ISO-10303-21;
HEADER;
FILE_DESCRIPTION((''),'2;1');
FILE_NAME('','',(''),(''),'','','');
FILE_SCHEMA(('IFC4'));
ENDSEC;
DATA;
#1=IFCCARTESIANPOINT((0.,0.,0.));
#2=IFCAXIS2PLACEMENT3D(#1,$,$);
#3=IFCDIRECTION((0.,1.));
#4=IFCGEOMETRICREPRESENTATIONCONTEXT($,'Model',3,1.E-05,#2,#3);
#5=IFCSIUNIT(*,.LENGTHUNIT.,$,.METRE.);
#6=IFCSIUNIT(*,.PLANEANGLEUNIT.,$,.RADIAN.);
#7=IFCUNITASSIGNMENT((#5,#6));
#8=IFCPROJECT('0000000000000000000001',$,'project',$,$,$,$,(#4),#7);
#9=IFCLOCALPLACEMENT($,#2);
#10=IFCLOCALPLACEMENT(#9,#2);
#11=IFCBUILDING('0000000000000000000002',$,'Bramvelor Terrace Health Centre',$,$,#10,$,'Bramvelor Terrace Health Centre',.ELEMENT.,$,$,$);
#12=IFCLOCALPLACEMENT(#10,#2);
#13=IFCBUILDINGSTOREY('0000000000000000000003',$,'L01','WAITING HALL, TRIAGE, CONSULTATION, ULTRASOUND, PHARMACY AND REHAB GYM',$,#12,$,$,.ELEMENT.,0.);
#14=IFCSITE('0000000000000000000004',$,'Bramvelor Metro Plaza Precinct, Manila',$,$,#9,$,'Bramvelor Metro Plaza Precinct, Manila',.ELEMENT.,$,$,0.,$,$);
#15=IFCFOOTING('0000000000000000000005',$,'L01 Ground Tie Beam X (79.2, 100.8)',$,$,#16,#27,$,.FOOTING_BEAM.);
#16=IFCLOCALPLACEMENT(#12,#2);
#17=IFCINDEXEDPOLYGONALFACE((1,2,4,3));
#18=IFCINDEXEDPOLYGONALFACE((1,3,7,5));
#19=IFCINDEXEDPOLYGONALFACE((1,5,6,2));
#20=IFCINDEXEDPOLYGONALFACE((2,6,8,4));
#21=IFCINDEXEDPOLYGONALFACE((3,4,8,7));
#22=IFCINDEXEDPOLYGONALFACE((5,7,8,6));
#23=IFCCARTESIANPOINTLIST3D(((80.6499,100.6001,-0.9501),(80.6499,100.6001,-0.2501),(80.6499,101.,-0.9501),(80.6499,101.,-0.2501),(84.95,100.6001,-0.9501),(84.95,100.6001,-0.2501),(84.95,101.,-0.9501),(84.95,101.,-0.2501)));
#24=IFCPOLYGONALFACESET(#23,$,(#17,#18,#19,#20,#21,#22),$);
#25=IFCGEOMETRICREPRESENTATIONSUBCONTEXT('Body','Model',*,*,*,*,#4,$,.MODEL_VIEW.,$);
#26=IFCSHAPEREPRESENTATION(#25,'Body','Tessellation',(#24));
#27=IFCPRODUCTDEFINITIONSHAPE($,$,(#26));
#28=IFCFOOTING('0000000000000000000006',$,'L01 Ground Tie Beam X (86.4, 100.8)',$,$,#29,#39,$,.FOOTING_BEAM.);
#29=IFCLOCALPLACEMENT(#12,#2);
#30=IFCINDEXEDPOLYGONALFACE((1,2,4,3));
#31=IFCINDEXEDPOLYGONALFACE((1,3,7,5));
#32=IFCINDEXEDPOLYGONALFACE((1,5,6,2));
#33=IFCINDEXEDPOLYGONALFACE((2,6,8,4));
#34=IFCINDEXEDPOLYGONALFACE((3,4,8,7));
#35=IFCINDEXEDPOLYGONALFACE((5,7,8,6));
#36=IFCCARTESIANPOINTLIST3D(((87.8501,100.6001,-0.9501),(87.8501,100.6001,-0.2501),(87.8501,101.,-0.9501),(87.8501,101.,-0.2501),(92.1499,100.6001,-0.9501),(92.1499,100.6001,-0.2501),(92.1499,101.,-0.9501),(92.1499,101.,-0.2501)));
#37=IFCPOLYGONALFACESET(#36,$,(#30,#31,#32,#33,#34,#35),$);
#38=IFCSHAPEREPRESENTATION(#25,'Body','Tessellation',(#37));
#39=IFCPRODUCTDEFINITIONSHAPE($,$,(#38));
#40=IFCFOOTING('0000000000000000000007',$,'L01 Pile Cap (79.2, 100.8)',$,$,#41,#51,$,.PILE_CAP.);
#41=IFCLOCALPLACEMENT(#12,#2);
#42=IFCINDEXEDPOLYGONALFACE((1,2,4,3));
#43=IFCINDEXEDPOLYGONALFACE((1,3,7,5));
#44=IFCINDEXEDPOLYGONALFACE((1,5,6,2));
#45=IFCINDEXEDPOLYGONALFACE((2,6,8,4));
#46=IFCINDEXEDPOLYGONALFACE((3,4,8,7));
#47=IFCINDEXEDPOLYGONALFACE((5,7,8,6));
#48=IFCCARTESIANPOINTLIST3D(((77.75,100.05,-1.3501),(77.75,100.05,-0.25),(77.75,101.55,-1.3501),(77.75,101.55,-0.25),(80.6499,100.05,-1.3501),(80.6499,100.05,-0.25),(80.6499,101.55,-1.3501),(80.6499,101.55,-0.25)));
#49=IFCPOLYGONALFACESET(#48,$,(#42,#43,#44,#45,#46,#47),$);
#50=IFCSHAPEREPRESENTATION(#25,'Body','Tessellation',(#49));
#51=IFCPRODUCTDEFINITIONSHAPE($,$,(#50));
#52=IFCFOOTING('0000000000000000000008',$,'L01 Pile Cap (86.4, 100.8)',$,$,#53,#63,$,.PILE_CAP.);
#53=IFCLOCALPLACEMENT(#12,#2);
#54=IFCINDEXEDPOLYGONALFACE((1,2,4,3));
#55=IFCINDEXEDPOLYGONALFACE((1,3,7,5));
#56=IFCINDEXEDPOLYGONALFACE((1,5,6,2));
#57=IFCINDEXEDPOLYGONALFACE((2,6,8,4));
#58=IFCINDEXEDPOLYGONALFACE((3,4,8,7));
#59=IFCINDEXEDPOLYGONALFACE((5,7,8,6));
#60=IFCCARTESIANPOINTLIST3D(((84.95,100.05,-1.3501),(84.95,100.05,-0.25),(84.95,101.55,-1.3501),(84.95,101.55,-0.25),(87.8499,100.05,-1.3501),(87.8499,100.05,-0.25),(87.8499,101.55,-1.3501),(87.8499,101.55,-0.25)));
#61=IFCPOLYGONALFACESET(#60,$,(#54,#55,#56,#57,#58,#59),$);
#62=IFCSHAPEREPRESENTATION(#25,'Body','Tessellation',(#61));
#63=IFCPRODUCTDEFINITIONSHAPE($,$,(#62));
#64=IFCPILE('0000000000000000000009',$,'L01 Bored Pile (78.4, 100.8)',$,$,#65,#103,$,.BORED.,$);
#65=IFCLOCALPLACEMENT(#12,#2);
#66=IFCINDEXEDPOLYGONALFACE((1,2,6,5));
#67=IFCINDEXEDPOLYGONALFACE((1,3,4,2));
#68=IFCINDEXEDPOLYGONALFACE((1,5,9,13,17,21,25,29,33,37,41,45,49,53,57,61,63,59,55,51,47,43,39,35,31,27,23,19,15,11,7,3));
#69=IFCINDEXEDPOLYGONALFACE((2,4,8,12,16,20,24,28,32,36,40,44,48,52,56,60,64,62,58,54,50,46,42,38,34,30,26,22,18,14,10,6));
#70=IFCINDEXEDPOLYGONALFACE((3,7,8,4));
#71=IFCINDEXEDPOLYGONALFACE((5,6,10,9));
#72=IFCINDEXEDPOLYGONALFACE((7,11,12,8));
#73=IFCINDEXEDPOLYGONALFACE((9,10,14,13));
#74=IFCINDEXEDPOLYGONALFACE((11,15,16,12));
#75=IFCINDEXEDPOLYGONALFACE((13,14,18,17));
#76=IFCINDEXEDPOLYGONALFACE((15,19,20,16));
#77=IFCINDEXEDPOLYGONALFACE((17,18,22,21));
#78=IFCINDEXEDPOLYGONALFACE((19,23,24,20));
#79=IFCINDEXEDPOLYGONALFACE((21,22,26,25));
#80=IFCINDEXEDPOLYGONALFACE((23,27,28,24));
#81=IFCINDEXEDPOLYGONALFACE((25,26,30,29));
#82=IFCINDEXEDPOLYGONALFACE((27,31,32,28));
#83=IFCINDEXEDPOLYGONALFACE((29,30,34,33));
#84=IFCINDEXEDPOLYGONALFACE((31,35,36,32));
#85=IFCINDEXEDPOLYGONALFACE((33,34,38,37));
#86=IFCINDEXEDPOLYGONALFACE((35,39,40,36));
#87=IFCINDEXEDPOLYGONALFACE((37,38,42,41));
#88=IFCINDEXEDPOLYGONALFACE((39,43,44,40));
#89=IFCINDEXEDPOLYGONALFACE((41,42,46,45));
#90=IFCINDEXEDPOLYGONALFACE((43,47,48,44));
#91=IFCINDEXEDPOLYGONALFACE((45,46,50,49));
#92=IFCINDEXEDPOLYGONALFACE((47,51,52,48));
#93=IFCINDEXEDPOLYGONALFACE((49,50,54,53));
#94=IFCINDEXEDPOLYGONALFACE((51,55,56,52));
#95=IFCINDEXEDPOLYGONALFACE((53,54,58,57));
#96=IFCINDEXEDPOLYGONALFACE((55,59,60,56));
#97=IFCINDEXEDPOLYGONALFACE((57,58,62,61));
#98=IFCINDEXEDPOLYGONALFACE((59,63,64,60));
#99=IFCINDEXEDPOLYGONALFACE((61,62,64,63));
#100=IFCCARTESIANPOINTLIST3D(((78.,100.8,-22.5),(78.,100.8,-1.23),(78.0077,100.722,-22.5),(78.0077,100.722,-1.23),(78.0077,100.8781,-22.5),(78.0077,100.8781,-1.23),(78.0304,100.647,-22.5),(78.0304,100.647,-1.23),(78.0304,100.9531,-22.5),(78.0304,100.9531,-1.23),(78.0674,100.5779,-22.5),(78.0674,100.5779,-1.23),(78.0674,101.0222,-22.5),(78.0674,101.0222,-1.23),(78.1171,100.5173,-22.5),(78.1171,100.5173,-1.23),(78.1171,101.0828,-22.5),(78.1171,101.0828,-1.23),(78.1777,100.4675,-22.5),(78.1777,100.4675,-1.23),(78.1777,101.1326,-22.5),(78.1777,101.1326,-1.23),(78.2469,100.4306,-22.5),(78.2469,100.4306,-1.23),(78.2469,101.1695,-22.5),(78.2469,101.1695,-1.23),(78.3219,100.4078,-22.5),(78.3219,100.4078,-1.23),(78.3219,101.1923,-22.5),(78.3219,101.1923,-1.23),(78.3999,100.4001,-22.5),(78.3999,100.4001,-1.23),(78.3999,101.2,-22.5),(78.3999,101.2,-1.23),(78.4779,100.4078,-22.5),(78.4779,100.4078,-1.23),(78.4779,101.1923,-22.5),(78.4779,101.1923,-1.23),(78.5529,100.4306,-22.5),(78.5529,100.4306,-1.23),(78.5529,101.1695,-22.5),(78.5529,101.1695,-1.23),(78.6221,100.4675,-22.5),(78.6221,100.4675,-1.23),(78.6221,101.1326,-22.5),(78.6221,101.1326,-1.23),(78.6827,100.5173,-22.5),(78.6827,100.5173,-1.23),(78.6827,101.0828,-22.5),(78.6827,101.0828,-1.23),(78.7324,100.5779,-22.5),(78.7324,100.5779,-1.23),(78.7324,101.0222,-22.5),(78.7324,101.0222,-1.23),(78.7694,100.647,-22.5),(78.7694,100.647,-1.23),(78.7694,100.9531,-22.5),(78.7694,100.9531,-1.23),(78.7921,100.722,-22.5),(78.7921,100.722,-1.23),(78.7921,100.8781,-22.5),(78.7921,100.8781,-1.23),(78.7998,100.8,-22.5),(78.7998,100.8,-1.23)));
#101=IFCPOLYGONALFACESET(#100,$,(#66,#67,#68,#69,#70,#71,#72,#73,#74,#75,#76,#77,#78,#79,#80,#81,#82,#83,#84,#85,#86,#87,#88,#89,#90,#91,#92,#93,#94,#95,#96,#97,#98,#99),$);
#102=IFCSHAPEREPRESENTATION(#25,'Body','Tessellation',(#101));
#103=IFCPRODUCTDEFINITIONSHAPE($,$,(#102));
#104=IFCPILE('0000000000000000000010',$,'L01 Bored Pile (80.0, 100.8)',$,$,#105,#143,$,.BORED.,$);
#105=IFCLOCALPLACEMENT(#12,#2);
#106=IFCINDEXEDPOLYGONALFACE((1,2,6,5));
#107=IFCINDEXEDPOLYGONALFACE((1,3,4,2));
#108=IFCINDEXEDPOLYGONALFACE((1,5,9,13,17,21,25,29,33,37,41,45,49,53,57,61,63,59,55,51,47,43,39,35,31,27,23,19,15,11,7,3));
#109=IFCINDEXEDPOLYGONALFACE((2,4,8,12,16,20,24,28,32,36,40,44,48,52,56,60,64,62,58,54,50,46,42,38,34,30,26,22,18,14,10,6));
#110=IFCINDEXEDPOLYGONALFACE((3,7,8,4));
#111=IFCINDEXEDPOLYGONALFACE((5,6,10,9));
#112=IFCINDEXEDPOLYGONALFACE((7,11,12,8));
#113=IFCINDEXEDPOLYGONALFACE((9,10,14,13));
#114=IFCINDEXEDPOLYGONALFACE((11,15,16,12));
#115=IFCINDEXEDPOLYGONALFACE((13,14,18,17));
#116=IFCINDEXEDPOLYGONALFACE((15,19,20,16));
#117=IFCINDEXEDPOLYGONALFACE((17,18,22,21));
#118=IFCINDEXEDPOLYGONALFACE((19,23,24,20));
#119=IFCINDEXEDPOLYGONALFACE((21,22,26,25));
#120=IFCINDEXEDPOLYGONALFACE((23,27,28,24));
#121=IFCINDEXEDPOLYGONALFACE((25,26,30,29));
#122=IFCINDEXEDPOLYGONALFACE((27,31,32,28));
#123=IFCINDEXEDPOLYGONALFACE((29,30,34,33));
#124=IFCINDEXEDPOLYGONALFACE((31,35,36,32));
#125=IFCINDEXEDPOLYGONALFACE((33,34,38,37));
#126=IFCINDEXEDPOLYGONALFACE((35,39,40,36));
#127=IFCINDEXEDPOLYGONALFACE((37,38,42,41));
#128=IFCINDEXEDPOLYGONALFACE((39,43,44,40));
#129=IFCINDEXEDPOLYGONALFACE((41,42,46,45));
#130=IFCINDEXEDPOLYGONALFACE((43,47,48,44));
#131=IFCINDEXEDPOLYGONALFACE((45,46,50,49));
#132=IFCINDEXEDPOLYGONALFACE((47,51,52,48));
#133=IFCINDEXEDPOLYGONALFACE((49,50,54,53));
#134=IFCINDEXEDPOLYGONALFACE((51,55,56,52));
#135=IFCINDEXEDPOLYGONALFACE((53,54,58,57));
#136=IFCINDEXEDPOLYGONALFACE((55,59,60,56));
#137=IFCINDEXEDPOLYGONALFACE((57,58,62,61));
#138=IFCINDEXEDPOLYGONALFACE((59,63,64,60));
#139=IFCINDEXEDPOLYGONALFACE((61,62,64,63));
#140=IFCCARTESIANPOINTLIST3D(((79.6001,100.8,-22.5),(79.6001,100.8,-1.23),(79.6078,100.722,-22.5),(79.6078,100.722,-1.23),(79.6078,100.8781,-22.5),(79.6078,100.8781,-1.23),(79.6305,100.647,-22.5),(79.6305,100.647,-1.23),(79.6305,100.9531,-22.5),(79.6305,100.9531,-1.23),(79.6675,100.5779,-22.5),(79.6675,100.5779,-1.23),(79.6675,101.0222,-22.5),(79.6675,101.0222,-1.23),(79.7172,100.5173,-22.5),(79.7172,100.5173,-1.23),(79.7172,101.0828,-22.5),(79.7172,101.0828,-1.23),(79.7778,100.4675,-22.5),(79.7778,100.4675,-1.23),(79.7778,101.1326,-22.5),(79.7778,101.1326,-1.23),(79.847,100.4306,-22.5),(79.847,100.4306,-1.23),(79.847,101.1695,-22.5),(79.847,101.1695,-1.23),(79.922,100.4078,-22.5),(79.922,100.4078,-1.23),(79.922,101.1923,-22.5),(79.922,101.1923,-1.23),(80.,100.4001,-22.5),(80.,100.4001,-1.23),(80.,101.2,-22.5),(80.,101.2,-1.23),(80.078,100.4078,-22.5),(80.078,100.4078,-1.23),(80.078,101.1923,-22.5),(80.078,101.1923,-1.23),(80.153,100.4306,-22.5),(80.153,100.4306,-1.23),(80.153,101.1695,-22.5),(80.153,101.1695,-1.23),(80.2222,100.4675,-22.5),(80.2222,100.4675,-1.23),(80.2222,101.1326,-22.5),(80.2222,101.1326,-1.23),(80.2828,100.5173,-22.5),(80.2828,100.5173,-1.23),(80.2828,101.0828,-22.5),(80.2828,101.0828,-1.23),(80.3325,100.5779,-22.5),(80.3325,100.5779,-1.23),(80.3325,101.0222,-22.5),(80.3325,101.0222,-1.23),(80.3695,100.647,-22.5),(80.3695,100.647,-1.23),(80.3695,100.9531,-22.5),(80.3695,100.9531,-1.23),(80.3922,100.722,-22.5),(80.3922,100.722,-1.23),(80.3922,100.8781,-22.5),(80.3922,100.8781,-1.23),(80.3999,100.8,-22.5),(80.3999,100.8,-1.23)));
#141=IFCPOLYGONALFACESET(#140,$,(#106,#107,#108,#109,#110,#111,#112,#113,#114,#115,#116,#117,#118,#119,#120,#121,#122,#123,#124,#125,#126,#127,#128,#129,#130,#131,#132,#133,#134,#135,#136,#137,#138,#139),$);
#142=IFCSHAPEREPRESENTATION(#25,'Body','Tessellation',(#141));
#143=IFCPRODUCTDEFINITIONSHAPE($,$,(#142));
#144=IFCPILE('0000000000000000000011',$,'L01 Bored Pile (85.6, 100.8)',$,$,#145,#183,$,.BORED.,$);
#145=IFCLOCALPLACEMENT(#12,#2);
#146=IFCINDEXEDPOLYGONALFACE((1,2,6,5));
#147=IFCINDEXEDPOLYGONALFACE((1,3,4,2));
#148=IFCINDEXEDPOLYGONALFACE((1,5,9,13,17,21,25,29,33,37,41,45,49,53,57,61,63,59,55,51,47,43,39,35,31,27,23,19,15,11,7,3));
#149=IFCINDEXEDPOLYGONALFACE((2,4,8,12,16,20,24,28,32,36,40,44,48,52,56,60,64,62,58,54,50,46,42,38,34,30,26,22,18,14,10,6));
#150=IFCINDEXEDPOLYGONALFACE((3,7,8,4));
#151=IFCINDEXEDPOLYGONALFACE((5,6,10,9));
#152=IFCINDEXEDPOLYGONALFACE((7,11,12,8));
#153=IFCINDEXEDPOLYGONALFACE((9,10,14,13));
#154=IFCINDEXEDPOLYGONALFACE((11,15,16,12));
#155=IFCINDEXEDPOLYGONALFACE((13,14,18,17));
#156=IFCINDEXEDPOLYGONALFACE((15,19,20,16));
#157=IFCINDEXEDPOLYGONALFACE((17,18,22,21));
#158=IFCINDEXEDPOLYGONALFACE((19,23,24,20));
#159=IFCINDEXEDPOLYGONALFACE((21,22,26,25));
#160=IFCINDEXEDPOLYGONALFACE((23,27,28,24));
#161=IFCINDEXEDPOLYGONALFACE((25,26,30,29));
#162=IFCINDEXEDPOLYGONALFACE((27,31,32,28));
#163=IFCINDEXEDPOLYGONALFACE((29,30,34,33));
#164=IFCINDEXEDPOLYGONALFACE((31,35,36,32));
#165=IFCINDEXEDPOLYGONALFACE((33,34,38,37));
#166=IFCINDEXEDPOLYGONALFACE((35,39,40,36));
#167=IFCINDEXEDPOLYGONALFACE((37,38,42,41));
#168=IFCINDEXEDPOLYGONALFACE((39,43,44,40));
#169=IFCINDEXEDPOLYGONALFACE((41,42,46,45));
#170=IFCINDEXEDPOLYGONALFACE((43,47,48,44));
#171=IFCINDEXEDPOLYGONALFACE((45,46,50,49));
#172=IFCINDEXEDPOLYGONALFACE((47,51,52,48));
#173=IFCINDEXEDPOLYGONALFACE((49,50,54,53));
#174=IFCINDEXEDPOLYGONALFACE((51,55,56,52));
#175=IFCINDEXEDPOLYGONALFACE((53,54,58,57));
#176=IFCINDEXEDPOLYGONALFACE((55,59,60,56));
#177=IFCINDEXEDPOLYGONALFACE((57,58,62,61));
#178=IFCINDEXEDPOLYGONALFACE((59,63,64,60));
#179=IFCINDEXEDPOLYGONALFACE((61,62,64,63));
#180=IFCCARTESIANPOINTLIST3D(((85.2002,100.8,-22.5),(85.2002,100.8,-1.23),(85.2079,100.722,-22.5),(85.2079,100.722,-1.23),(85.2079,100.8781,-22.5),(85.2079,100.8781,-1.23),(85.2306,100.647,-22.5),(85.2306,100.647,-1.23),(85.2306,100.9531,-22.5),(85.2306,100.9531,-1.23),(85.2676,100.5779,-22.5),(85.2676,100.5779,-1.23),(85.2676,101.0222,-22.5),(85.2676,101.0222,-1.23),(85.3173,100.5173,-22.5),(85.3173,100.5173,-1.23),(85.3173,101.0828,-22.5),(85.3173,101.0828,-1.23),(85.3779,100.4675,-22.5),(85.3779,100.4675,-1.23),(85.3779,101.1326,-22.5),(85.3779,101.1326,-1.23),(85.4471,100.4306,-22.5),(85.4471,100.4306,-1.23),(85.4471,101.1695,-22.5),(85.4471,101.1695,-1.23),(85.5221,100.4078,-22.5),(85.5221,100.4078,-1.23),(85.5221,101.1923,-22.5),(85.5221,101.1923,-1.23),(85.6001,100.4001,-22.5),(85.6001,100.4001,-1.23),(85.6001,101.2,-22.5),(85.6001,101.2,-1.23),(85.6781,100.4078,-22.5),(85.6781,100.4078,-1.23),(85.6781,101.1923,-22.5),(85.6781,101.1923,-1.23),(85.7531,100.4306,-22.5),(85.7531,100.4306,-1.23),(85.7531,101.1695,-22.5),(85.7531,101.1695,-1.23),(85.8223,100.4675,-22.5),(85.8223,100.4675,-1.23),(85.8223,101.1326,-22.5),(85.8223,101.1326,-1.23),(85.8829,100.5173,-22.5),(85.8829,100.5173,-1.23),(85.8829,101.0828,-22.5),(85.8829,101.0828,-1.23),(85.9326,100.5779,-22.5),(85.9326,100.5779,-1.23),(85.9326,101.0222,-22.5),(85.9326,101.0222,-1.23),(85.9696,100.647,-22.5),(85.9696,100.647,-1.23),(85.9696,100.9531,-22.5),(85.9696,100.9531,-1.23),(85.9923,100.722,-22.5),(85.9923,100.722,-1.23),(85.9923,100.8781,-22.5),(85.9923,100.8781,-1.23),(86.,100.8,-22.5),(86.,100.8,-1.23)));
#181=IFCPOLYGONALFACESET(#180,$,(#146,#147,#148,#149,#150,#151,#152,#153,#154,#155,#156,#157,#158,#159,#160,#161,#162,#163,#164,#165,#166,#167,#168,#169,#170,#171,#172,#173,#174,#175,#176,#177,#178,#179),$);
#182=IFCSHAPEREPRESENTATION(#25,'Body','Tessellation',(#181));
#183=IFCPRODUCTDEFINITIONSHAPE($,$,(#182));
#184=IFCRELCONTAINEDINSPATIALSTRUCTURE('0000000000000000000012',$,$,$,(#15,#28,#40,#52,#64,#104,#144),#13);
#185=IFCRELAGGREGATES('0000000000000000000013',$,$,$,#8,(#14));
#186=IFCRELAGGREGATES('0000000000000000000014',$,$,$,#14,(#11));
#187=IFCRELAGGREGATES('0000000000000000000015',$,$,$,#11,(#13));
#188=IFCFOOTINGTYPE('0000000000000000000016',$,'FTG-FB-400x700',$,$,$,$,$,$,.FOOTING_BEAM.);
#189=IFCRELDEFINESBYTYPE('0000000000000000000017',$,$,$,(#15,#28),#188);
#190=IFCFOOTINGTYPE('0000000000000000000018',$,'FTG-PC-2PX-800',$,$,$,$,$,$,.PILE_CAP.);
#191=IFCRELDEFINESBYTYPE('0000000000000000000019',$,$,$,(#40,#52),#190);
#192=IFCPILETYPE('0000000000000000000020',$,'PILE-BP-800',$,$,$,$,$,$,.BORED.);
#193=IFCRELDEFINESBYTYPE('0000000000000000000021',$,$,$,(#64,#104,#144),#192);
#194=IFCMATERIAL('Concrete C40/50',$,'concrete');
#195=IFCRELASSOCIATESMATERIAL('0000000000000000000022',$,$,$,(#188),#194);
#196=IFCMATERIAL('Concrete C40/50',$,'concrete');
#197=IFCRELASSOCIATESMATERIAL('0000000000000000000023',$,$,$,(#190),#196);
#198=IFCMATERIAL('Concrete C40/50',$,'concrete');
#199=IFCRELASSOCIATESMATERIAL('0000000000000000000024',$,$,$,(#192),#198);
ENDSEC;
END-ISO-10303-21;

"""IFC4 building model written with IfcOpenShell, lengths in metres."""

from ifc_helpers import new_model, si_unit, direction, frame, origin, origin_2d, place, context, subcontext, project, spatial, rectangle, circle, extrude, material, material_profile, profile_set, type_object, element, save


model = new_model("IFC4")

# Units and contexts
model_context = context("Model", 3, precision=1e-05, world=origin(), true_north=direction((0.0, 1.0)))
body_context = subcontext(model_context, "Body", "Model", "MODEL_VIEW")
ifc_project = project(units=[si_unit("LENGTHUNIT", "METRE"), si_unit("PLANEANGLEUNIT", "RADIAN")], contexts=[model_context])

# Site, building, storey
site_placement = place(None, origin())
site = spatial("IfcSite", under=ifc_project, at=site_placement, Name="Bramvelor Metro Plaza Precinct, Manila", LongName="Bramvelor Metro Plaza Precinct, Manila", CompositionType="ELEMENT", RefElevation=0.0)
building_placement = place(site_placement, origin())
building = spatial("IfcBuilding", under=site, at=building_placement, Name="Bramvelor Terrace Health Centre", LongName="Bramvelor Terrace Health Centre", CompositionType="ELEMENT")
storey_placement = place(building_placement, origin())
storey = spatial("IfcBuildingStorey", under=building, at=storey_placement, Name="L01", Description="WAITING HALL, TRIAGE, CONSULTATION, ULTRASOUND, PHARMACY AND REHAB GYM", CompositionType="ELEMENT", Elevation=0.0)

# Footings
ifc_material_1 = material(Name="Concrete C40/50", Category="concrete")
ifc_material_profile_1 = material_profile(ifc_material_1, rectangle(XDim=0.3999, YDim=0.7, at=origin_2d()), Name="RC 400x700")
ifc_profile_set_1 = profile_set([ifc_material_profile_1], Name="Concrete C40/50")
footing_type_1 = type_object("IfcFootingType", Name="FTG-FB-400x700", PredefinedType="FOOTING_BEAM", material=ifc_profile_set_1)
footing_1_placement = place(storey_placement, frame((80.6499, 100.8, -0.6001), z_axis=(1.0, 0.0, 0.0), x_axis=(0.0, 1.0, 0.0)))
element("IfcFooting", 1, at=footing_1_placement, inside=storey, type_object=footing_type_1, Name="L01 Ground Tie Beam X (79.2, 100.8)", PredefinedType="FOOTING_BEAM", context=body_context, shape_type="SweptSolid", body=[
    extrude(rectangle(XDim=0.3999, YDim=0.7, at=origin_2d()), origin(), (0.0, 0.0, 1.0), 4.3),
])
footing_2_placement = place(storey_placement, frame((87.8501, 100.8, -0.6001), z_axis=(1.0, 0.0, 0.0), x_axis=(0.0, 1.0, 0.0)))
element("IfcFooting", 2, at=footing_2_placement, inside=storey, type_object=footing_type_1, Name="L01 Ground Tie Beam X (86.4, 100.8)", PredefinedType="FOOTING_BEAM", context=body_context, shape_type="SweptSolid", body=[
    extrude(rectangle(XDim=0.3999, YDim=0.7, at=origin_2d()), origin(), (0.0, 0.0, 1.0), 4.2998),
])
ifc_material_2 = material(Name="Concrete C40/50", Category="concrete")
footing_type_2 = type_object("IfcFootingType", Name="FTG-PC-2PX-800", PredefinedType="PILE_CAP", material=ifc_material_2)
for number, where, z_axis, x_axis, name in (
    (3, (79.2, 100.8, -1.3501), (0.0, 0.0, 1.0), (1.0, 0.0, 0.0), "L01 Pile Cap (79.2, 100.8)"),
    (4, (86.3999, 100.8, -1.3501), (0.0, 0.0, 1.0), (1.0, 0.0, 0.0), "L01 Pile Cap (86.4, 100.8)"),
):
    element("IfcFooting", number, at=place(storey_placement, frame(where, z_axis=z_axis, x_axis=x_axis)), inside=storey, type_object=footing_type_2, Name=name, PredefinedType="PILE_CAP", context=body_context, shape_type="SweptSolid", body=[
        extrude(rectangle(XDim=2.8999, YDim=1.5, at=origin_2d()), origin(), (0.0, 0.0, 1.0), 1.1001),
    ])

# Piles
ifc_material_3 = material(Name="Concrete C40/50", Category="concrete")
ifc_material_profile_2 = material_profile(ifc_material_3, circle(Radius=0.3999, at=origin_2d()), Name="BP D800")
ifc_profile_set_2 = profile_set([ifc_material_profile_2], Name="Concrete C40/50")
pile_type = type_object("IfcPileType", Name="PILE-BP-800", PredefinedType="BORED", material=ifc_profile_set_2)
for number, where, z_axis, x_axis, name in (
    (5, (78.3999, 100.8, -1.23), (0.0, 0.0, -1.0), (1.0, 0.0, 0.0), "L01 Bored Pile (78.4, 100.8)"),
    (6, (80.0, 100.8, -1.23), (0.0, 0.0, -1.0), (1.0, 0.0, 0.0), "L01 Bored Pile (80.0, 100.8)"),
    (7, (85.6001, 100.8, -1.23), (0.0, 0.0, -1.0), (1.0, 0.0, 0.0), "L01 Bored Pile (85.6, 100.8)"),
):
    element("IfcPile", number, at=place(storey_placement, frame(where, z_axis=z_axis, x_axis=x_axis)), inside=storey, type_object=pile_type, Name=name, PredefinedType="BORED", context=body_context, shape_type="SweptSolid", body=[
        extrude(circle(Radius=0.3999, at=origin_2d()), origin(), (0.0, 0.0, 1.0), 21.27),
    ])

save(model, "model.ifc")
